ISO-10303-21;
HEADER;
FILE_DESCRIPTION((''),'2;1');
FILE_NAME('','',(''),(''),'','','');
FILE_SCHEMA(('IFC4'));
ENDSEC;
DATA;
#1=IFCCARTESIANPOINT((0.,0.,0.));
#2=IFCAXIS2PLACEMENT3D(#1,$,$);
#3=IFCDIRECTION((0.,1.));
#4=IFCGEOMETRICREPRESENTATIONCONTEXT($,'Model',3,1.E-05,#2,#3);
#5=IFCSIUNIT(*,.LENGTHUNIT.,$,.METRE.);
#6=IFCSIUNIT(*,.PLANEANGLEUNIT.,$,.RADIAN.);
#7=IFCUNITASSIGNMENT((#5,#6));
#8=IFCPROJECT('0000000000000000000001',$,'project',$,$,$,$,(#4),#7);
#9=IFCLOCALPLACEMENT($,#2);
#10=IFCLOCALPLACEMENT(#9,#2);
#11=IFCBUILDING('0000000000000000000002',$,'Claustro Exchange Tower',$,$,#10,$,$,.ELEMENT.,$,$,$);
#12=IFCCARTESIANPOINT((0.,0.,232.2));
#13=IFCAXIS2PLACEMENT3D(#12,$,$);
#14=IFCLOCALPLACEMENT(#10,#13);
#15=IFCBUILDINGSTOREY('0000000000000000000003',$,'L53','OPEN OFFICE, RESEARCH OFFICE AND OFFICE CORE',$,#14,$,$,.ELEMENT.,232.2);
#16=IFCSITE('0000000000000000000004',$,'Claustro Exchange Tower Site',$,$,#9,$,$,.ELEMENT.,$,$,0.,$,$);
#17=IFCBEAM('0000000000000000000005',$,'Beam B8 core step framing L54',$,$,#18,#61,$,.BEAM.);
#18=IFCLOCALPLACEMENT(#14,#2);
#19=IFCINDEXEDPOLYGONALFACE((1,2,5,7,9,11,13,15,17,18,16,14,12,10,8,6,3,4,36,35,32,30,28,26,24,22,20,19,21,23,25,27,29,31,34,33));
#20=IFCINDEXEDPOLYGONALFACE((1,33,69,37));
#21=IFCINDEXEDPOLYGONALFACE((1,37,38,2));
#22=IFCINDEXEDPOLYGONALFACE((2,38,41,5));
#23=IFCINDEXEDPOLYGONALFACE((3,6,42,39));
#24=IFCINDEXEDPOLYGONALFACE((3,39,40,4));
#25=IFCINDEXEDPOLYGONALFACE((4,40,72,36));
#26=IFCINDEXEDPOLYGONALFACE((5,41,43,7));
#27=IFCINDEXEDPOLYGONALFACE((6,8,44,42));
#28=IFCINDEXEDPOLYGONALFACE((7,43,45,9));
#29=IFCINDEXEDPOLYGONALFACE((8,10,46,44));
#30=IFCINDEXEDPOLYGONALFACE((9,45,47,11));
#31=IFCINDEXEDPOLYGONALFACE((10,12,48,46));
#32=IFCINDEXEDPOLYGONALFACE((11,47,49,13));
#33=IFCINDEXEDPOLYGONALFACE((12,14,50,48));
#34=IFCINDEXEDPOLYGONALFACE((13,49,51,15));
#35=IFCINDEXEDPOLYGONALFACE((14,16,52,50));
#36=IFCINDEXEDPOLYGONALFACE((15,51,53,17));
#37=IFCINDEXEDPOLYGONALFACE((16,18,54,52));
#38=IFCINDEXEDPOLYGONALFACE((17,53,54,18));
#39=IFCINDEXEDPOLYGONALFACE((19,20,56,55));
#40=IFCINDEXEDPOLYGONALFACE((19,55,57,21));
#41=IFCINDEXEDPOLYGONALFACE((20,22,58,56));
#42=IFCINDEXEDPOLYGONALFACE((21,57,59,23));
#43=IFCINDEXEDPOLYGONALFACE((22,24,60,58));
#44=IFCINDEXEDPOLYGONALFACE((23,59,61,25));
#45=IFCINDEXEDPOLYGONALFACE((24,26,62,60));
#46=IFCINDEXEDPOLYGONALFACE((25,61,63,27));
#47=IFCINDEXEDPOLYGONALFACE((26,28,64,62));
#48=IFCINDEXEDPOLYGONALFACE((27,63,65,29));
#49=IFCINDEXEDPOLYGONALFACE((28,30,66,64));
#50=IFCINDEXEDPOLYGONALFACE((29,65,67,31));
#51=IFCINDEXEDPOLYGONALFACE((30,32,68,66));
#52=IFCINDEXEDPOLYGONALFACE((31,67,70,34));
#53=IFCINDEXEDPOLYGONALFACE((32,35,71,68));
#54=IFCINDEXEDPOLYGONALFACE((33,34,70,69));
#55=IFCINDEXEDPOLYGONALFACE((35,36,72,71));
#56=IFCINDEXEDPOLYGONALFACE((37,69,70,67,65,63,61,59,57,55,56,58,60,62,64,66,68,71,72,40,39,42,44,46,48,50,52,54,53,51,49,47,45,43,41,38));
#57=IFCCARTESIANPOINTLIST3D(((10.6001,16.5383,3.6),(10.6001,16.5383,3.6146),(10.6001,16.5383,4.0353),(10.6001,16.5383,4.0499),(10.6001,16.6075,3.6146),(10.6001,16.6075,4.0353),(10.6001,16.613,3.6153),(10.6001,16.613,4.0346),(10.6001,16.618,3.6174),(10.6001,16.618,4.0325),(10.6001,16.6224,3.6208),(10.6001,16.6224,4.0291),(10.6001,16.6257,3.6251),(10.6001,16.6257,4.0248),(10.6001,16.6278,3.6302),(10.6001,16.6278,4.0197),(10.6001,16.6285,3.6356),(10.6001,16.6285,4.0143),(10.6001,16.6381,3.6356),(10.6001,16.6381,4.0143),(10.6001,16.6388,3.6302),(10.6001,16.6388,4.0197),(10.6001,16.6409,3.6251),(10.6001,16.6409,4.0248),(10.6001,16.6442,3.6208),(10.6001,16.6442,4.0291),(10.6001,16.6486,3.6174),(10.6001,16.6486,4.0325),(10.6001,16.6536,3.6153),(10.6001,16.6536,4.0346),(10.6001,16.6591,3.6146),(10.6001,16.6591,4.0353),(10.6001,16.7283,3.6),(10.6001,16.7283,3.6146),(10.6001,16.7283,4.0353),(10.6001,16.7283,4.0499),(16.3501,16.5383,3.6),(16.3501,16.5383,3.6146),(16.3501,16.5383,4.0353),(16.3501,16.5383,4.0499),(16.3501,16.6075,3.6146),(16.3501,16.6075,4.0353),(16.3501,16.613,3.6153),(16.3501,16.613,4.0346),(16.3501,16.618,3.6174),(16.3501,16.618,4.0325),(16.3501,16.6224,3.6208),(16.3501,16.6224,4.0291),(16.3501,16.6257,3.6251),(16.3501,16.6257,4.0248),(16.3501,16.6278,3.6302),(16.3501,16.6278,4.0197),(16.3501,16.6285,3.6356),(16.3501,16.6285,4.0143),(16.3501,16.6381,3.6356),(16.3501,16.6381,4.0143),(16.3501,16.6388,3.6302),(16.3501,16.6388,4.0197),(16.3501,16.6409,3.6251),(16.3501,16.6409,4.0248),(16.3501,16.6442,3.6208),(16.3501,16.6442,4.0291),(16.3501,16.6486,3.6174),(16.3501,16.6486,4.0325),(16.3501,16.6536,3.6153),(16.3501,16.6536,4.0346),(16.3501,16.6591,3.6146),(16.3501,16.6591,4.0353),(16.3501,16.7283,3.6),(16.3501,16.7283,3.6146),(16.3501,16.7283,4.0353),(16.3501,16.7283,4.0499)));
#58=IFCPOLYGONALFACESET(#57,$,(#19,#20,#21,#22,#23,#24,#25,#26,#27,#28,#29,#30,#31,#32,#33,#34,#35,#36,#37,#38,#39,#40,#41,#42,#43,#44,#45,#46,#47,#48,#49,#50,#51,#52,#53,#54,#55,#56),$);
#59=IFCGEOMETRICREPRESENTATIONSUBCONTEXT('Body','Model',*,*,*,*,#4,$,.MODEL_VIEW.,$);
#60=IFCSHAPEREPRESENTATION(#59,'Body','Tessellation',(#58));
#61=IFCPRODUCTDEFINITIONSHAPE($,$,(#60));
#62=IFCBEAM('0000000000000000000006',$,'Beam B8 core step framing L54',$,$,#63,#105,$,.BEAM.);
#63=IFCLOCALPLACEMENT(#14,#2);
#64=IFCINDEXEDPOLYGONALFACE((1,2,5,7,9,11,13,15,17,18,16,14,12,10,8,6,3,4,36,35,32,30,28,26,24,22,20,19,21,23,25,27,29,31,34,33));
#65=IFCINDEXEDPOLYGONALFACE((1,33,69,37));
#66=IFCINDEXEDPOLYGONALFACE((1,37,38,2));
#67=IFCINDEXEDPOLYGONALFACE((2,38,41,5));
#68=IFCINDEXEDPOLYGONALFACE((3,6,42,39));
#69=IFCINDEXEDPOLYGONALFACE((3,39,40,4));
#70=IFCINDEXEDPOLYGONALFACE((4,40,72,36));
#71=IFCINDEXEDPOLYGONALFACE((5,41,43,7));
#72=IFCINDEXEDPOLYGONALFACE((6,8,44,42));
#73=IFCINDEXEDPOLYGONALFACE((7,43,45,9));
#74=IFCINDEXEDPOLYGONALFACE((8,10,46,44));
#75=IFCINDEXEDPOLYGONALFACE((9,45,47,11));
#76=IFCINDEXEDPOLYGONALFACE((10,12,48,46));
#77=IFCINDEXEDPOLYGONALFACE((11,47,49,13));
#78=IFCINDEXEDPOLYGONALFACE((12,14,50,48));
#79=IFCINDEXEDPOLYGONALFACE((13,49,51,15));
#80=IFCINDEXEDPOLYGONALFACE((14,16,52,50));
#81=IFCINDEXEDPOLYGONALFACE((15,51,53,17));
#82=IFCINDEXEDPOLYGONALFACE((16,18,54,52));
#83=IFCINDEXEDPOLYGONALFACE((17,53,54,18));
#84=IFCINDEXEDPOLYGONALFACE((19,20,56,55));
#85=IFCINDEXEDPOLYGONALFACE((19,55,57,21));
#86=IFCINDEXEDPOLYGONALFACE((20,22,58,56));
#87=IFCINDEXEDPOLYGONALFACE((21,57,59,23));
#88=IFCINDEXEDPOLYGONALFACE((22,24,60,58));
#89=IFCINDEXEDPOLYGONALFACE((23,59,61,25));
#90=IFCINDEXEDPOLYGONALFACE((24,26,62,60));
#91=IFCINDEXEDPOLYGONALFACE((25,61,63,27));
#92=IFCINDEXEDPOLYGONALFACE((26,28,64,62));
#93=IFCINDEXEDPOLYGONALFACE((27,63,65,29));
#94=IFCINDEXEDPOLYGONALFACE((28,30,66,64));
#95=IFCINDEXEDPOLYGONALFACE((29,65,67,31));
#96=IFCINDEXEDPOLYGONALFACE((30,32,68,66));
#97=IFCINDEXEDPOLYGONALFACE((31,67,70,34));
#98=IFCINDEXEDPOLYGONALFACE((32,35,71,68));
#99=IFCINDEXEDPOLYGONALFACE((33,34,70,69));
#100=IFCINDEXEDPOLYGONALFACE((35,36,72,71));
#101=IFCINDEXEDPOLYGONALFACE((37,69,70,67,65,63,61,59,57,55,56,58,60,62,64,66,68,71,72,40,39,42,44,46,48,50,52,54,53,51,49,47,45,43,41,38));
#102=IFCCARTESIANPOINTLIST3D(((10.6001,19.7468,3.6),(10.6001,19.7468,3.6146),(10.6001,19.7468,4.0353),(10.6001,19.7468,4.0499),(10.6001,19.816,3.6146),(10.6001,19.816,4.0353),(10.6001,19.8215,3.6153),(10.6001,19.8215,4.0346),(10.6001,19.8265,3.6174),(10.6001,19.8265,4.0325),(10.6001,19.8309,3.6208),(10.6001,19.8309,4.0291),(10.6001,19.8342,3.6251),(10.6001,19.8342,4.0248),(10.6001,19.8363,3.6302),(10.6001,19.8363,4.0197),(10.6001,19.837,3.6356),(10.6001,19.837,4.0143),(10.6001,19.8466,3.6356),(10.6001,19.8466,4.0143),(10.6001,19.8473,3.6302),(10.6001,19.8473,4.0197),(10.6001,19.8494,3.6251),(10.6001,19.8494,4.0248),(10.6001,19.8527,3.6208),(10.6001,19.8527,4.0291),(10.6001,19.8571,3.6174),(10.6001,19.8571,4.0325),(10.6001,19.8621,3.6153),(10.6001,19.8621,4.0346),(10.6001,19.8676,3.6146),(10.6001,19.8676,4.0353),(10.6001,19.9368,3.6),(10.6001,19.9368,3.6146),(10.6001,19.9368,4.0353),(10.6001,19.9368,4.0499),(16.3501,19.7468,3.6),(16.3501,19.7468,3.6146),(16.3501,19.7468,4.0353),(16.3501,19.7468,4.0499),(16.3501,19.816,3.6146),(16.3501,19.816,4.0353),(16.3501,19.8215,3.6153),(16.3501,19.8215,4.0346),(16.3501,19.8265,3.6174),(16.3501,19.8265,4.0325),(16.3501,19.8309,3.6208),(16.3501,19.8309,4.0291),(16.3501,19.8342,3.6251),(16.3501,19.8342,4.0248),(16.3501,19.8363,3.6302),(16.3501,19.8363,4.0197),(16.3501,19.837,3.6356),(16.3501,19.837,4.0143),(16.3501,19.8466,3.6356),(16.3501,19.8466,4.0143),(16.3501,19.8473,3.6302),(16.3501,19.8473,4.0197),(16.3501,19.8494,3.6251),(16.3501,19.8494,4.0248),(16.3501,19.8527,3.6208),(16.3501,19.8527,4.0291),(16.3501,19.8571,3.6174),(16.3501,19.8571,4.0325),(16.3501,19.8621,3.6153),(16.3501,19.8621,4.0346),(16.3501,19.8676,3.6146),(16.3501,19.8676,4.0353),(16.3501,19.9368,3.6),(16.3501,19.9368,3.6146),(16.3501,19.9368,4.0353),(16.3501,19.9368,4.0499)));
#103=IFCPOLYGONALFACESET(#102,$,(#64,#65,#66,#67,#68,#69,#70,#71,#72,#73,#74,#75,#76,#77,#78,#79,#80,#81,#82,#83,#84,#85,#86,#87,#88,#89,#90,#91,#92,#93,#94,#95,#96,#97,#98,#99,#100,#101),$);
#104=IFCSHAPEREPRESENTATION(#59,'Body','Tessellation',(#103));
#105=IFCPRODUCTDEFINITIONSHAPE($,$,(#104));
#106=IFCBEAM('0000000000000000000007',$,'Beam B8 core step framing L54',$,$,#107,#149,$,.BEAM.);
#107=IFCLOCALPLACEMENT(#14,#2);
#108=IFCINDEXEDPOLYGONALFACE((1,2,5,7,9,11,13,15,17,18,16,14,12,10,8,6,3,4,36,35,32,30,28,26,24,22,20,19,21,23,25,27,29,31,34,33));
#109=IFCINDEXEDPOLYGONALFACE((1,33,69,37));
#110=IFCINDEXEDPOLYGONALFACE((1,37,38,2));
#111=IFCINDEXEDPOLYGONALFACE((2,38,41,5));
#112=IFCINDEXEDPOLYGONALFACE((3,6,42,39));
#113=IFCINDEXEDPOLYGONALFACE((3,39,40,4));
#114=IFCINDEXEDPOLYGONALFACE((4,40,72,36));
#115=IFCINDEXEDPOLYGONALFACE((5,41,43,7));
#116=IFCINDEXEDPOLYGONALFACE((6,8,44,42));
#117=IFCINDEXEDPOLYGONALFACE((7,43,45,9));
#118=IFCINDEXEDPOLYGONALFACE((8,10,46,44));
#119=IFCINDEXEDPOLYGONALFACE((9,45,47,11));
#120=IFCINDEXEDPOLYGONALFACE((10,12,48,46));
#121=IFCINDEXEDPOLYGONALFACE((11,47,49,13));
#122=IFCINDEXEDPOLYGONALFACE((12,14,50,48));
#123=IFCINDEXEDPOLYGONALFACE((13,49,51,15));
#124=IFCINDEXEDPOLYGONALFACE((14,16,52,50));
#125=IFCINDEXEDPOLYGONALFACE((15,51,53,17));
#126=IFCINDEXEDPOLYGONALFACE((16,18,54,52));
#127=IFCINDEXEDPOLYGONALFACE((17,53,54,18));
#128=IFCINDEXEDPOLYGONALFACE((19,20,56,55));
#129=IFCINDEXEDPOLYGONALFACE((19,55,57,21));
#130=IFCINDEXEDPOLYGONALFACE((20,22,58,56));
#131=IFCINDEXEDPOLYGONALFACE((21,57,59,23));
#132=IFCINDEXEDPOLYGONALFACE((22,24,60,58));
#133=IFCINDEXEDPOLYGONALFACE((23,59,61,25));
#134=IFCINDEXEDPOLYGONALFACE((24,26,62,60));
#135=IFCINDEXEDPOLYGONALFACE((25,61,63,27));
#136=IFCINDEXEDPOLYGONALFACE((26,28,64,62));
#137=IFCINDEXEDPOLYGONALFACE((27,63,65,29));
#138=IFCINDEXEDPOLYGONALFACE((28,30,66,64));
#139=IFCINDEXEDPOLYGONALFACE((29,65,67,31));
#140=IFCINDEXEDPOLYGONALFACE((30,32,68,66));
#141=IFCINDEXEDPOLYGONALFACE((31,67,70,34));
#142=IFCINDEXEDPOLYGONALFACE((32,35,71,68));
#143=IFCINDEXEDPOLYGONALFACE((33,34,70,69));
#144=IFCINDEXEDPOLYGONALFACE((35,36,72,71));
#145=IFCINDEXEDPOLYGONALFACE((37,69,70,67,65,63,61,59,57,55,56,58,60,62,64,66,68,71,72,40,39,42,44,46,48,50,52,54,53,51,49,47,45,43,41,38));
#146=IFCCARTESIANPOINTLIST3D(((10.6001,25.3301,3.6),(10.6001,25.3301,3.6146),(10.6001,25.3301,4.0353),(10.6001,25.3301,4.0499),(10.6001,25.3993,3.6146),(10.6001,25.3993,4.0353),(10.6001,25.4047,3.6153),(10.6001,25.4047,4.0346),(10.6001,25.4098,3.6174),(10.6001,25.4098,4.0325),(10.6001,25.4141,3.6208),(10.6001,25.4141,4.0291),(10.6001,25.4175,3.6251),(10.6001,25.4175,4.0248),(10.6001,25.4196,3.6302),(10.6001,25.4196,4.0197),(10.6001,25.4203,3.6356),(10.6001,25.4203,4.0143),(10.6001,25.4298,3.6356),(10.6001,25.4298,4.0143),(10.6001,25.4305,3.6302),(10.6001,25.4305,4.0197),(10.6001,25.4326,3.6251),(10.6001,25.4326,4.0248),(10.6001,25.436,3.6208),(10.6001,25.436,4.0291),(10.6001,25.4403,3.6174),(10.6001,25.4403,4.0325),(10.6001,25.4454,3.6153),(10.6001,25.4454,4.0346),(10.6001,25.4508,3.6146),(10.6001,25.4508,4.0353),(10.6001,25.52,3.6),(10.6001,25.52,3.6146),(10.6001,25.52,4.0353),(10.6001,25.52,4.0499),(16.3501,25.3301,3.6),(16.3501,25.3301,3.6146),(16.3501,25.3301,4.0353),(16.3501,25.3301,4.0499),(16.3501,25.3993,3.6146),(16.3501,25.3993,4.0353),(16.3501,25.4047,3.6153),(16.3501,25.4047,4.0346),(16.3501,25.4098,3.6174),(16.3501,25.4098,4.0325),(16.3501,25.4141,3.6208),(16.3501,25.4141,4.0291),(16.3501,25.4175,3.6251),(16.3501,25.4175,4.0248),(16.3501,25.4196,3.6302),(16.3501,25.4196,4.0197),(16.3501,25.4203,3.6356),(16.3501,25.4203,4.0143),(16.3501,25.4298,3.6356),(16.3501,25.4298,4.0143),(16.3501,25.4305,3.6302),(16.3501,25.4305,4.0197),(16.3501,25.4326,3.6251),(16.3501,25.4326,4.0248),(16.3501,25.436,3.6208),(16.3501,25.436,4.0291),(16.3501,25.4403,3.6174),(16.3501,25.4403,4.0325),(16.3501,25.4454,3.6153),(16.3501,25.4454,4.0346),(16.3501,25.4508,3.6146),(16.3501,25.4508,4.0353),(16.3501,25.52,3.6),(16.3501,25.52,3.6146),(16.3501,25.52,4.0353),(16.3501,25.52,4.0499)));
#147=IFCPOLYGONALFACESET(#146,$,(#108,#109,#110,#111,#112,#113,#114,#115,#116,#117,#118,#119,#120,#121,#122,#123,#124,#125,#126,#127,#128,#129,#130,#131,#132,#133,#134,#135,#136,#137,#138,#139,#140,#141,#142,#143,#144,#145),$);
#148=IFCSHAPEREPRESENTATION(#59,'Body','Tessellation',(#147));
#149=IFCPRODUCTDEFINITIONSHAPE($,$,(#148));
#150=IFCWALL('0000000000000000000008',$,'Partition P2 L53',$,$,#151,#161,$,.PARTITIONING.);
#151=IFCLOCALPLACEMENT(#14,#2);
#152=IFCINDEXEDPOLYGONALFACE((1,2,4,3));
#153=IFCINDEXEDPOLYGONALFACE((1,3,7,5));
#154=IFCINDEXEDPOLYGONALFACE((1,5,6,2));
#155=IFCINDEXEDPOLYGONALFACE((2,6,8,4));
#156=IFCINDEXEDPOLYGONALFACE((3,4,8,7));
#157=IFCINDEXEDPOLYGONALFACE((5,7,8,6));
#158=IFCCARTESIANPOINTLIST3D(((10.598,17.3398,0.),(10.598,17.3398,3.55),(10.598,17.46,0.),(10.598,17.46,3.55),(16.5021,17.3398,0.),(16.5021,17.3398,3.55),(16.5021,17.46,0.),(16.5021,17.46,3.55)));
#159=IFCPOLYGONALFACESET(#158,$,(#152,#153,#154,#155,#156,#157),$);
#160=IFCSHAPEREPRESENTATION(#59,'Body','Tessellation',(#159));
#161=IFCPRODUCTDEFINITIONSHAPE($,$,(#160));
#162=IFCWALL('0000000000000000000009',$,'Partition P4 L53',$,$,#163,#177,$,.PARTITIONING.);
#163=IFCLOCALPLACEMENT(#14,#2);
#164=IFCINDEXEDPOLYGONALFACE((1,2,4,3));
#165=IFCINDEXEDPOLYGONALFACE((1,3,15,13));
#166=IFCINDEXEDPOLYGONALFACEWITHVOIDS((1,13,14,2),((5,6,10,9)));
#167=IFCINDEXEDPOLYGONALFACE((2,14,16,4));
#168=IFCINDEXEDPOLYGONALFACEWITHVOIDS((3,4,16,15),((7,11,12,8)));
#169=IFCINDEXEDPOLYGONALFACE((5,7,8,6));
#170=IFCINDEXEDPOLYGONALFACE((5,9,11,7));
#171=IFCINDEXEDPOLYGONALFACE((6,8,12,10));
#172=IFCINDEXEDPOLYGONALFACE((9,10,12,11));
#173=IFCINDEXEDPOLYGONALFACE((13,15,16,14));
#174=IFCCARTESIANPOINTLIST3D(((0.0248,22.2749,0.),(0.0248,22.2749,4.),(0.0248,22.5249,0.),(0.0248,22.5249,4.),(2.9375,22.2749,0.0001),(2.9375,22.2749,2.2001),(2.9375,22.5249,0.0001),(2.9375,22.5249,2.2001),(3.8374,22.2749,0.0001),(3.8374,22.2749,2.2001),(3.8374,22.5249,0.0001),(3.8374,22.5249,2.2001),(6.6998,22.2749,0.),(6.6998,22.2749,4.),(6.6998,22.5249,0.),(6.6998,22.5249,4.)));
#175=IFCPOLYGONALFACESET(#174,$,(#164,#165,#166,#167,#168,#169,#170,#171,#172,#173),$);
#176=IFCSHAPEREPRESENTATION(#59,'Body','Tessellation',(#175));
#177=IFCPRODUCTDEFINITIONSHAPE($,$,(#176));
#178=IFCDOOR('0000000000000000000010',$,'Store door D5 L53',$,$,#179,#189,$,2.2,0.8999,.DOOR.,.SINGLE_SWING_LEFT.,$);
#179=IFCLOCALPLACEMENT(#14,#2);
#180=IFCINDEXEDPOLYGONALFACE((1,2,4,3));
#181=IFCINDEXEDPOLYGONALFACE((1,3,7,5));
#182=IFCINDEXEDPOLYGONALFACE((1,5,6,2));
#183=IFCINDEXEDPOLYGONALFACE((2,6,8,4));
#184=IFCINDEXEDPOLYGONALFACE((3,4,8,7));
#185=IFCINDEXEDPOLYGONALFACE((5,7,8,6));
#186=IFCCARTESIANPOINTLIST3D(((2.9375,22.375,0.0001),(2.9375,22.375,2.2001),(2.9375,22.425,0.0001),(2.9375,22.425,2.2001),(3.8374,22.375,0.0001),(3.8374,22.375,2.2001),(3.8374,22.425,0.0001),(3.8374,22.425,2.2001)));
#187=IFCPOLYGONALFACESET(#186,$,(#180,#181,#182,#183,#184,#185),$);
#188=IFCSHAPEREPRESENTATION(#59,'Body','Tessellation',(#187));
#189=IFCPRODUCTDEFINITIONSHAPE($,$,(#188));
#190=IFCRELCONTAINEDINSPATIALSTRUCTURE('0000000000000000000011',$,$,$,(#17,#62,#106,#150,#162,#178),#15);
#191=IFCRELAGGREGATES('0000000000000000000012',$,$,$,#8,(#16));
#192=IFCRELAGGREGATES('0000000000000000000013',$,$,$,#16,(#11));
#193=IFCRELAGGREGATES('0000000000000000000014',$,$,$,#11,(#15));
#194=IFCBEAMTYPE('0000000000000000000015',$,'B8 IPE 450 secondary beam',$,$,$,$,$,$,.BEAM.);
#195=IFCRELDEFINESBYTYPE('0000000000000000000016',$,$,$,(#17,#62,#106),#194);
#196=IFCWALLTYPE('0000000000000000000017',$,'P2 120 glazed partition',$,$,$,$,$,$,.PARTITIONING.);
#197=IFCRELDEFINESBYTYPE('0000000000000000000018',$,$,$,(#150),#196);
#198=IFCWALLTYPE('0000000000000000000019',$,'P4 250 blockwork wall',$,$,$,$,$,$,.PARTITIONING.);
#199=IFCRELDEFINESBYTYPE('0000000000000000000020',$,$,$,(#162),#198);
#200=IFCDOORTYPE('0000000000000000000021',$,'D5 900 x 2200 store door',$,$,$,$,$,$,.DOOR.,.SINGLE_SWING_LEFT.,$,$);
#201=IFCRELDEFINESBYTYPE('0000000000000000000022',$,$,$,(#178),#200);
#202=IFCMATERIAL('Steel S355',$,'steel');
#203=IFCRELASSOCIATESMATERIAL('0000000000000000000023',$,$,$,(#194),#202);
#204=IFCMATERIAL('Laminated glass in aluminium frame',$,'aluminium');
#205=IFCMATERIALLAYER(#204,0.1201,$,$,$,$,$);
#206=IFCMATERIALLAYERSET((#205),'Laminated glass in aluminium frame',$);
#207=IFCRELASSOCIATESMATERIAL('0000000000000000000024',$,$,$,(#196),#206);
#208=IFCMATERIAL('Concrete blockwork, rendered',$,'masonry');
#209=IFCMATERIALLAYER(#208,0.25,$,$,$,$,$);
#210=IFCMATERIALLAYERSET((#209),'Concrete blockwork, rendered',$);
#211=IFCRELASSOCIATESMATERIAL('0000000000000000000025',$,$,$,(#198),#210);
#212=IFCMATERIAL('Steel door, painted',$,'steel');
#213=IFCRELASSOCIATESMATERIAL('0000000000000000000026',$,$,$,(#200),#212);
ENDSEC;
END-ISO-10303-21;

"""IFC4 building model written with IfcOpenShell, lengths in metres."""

from ifc_helpers import new_model, si_unit, direction, frame, frame_2d, origin, origin_2d, place, context, subcontext, project, spatial, rectangle, i_section, extrude, material, layer, layer_set, material_profile, profile_set, type_object, element, fill, save


model = new_model("IFC4")

# Units and contexts
model_context = context("Model", 3, precision=1e-05, world=origin(), true_north=direction((0.0, 1.0)))
body_context = subcontext(model_context, "Body", "Model", "MODEL_VIEW")
ifc_project = project(units=[si_unit("LENGTHUNIT", "METRE"), si_unit("PLANEANGLEUNIT", "RADIAN")], contexts=[model_context])

# Site, building, storey
site_placement = place(None, origin())
site = spatial("IfcSite", under=ifc_project, at=site_placement, Name="Claustro Exchange Tower Site", CompositionType="ELEMENT", RefElevation=0.0)
building_placement = place(site_placement, origin())
building = spatial("IfcBuilding", under=site, at=building_placement, Name="Claustro Exchange Tower", CompositionType="ELEMENT")
storey_placement = place(building_placement, frame((0.0, 0.0, 232.2)))
storey = spatial("IfcBuildingStorey", under=building, at=storey_placement, Name="L53", Description="OPEN OFFICE, RESEARCH OFFICE AND OFFICE CORE", CompositionType="ELEMENT", Elevation=232.2)

# Beams
ifc_material_1 = material(Name="Steel S355", Category="steel")
ifc_material_profile_1 = material_profile(ifc_material_1, i_section(OverallWidth=0.1899, OverallDepth=0.45, WebThickness=0.0095, FlangeThickness=0.0146, FilletRadius=0.021, at=origin_2d()), Name="IPE 450")
ifc_profile_set_1 = profile_set([ifc_material_profile_1], Name="Steel S355")
beam_type_1 = type_object("IfcBeamType", Name="B8 IPE 450 secondary beam", PredefinedType="BEAM", material=ifc_profile_set_1)
for number, where, z_axis, x_axis, name in (
    (1, (10.6001, 16.6333, 3.825), (1.0, 0.0, 0.0), (0.0, 1.0, 0.0), "Beam B8 core step framing L54"),
    (2, (10.6001, 19.8418, 3.825), (1.0, 0.0, 0.0), (0.0, 1.0, 0.0), "Beam B8 core step framing L54"),
    (3, (10.6001, 25.425, 3.825), (1.0, 0.0, 0.0), (0.0, 1.0, 0.0), "Beam B8 core step framing L54"),
):
    element("IfcBeam", number, at=place(storey_placement, frame(where, z_axis=z_axis, x_axis=x_axis)), inside=storey, type_object=beam_type_1, Name=name, PredefinedType="BEAM", context=body_context, shape_type="SweptSolid", body=[
        extrude(i_section(OverallWidth=0.1899, OverallDepth=0.45, WebThickness=0.0095, FlangeThickness=0.0146, FilletRadius=0.021, at=origin_2d()), origin(), (0.0, 0.0, 1.0), 5.75),
    ])

# Wall
ifc_material_2 = material(Name="Laminated glass in aluminium frame", Category="aluminium")
ifc_layer_1 = layer(ifc_material_2, 0.1201)
ifc_layer_set_1 = layer_set([ifc_layer_1], Name="Laminated glass in aluminium frame")
wall_type_1 = type_object("IfcWallType", Name="P2 120 glazed partition", PredefinedType="PARTITIONING", material=ifc_layer_set_1)
wall_1_placement = place(storey_placement, frame((10.5979, 17.3999, 0.0), z_axis=(0.0, 0.0, 1.0), x_axis=(1.0, 0.0, 0.0)))
element("IfcWall", 4, at=wall_1_placement, inside=storey, type_object=wall_type_1, Name="Partition P2 L53", PredefinedType="PARTITIONING", context=body_context, shape_type="SweptSolid", body=[
    extrude(rectangle(XDim=5.9041, YDim=0.1201, at=frame_2d((2.9521, 0.0))), origin(), (0.0, 0.0, 1.0), 3.55),
])

# Wall, opening, door
ifc_material_3 = material(Name="Concrete blockwork, rendered", Category="masonry")
ifc_layer_2 = layer(ifc_material_3, 0.25)
ifc_layer_set_2 = layer_set([ifc_layer_2], Name="Concrete blockwork, rendered")
wall_type_2 = type_object("IfcWallType", Name="P4 250 blockwork wall", PredefinedType="PARTITIONING", material=ifc_layer_set_2)
wall_2_placement = place(storey_placement, frame((0.0249, 22.3999, 0.0), z_axis=(0.0, 0.0, 1.0), x_axis=(1.0, 0.0, 0.0)))
wall_2 = element("IfcWall", 5, at=wall_2_placement, inside=storey, type_object=wall_type_2, Name="Partition P4 L53", PredefinedType="PARTITIONING", context=body_context, shape_type="SweptSolid", body=[
    extrude(rectangle(XDim=6.675, YDim=0.25, at=frame_2d((3.3374, 0.0))), origin(), (0.0, 0.0, 1.0), 4.0),
])
opening_1_placement = place(wall_2_placement, frame((2.9126, 0.0, 0.0)))
opening_1 = element("IfcOpeningElement", 6, at=opening_1_placement, cuts=wall_2, PredefinedType="OPENING", context=body_context, shape_type="SweptSolid", body=[
    extrude(rectangle(XDim=0.8999, YDim=2.2, at=frame_2d((0.45, 1.1001))), frame((0.0, 0.135, 0.0), z_axis=(0.0, -1.0, 0.0), x_axis=(1.0, 0.0, 0.0)), (0.0, 0.0, 1.0), 0.27),
])
ifc_material_4 = material(Name="Steel door, painted", Category="steel")
door_type = type_object("IfcDoorType", Name="D5 900 x 2200 store door", OperationType="SINGLE_SWING_LEFT", PredefinedType="DOOR", material=ifc_material_4)
door_placement = place(opening_1_placement, frame((0.8999, 0.0, 0.0), z_axis=(0.0, 0.0, 1.0), x_axis=(-1.0, 0.0, 0.0)))
door = element("IfcDoor", 7, at=door_placement, inside=storey, type_object=door_type, Name="Store door D5 L53", OperationType="SINGLE_SWING_LEFT", OverallHeight=2.2, OverallWidth=0.8999, PredefinedType="DOOR", context=body_context, shape_type="SweptSolid", body=[
    extrude(rectangle(XDim=0.8999, YDim=2.2, at=frame_2d((0.45, 1.1001))), frame((0.0, 0.0249, 0.0), z_axis=(0.0, -1.0, 0.0), x_axis=(1.0, 0.0, 0.0)), (0.0, 0.0, 1.0), 0.05),
])
fill(opening_1, door)

save(model, "model.ifc")
